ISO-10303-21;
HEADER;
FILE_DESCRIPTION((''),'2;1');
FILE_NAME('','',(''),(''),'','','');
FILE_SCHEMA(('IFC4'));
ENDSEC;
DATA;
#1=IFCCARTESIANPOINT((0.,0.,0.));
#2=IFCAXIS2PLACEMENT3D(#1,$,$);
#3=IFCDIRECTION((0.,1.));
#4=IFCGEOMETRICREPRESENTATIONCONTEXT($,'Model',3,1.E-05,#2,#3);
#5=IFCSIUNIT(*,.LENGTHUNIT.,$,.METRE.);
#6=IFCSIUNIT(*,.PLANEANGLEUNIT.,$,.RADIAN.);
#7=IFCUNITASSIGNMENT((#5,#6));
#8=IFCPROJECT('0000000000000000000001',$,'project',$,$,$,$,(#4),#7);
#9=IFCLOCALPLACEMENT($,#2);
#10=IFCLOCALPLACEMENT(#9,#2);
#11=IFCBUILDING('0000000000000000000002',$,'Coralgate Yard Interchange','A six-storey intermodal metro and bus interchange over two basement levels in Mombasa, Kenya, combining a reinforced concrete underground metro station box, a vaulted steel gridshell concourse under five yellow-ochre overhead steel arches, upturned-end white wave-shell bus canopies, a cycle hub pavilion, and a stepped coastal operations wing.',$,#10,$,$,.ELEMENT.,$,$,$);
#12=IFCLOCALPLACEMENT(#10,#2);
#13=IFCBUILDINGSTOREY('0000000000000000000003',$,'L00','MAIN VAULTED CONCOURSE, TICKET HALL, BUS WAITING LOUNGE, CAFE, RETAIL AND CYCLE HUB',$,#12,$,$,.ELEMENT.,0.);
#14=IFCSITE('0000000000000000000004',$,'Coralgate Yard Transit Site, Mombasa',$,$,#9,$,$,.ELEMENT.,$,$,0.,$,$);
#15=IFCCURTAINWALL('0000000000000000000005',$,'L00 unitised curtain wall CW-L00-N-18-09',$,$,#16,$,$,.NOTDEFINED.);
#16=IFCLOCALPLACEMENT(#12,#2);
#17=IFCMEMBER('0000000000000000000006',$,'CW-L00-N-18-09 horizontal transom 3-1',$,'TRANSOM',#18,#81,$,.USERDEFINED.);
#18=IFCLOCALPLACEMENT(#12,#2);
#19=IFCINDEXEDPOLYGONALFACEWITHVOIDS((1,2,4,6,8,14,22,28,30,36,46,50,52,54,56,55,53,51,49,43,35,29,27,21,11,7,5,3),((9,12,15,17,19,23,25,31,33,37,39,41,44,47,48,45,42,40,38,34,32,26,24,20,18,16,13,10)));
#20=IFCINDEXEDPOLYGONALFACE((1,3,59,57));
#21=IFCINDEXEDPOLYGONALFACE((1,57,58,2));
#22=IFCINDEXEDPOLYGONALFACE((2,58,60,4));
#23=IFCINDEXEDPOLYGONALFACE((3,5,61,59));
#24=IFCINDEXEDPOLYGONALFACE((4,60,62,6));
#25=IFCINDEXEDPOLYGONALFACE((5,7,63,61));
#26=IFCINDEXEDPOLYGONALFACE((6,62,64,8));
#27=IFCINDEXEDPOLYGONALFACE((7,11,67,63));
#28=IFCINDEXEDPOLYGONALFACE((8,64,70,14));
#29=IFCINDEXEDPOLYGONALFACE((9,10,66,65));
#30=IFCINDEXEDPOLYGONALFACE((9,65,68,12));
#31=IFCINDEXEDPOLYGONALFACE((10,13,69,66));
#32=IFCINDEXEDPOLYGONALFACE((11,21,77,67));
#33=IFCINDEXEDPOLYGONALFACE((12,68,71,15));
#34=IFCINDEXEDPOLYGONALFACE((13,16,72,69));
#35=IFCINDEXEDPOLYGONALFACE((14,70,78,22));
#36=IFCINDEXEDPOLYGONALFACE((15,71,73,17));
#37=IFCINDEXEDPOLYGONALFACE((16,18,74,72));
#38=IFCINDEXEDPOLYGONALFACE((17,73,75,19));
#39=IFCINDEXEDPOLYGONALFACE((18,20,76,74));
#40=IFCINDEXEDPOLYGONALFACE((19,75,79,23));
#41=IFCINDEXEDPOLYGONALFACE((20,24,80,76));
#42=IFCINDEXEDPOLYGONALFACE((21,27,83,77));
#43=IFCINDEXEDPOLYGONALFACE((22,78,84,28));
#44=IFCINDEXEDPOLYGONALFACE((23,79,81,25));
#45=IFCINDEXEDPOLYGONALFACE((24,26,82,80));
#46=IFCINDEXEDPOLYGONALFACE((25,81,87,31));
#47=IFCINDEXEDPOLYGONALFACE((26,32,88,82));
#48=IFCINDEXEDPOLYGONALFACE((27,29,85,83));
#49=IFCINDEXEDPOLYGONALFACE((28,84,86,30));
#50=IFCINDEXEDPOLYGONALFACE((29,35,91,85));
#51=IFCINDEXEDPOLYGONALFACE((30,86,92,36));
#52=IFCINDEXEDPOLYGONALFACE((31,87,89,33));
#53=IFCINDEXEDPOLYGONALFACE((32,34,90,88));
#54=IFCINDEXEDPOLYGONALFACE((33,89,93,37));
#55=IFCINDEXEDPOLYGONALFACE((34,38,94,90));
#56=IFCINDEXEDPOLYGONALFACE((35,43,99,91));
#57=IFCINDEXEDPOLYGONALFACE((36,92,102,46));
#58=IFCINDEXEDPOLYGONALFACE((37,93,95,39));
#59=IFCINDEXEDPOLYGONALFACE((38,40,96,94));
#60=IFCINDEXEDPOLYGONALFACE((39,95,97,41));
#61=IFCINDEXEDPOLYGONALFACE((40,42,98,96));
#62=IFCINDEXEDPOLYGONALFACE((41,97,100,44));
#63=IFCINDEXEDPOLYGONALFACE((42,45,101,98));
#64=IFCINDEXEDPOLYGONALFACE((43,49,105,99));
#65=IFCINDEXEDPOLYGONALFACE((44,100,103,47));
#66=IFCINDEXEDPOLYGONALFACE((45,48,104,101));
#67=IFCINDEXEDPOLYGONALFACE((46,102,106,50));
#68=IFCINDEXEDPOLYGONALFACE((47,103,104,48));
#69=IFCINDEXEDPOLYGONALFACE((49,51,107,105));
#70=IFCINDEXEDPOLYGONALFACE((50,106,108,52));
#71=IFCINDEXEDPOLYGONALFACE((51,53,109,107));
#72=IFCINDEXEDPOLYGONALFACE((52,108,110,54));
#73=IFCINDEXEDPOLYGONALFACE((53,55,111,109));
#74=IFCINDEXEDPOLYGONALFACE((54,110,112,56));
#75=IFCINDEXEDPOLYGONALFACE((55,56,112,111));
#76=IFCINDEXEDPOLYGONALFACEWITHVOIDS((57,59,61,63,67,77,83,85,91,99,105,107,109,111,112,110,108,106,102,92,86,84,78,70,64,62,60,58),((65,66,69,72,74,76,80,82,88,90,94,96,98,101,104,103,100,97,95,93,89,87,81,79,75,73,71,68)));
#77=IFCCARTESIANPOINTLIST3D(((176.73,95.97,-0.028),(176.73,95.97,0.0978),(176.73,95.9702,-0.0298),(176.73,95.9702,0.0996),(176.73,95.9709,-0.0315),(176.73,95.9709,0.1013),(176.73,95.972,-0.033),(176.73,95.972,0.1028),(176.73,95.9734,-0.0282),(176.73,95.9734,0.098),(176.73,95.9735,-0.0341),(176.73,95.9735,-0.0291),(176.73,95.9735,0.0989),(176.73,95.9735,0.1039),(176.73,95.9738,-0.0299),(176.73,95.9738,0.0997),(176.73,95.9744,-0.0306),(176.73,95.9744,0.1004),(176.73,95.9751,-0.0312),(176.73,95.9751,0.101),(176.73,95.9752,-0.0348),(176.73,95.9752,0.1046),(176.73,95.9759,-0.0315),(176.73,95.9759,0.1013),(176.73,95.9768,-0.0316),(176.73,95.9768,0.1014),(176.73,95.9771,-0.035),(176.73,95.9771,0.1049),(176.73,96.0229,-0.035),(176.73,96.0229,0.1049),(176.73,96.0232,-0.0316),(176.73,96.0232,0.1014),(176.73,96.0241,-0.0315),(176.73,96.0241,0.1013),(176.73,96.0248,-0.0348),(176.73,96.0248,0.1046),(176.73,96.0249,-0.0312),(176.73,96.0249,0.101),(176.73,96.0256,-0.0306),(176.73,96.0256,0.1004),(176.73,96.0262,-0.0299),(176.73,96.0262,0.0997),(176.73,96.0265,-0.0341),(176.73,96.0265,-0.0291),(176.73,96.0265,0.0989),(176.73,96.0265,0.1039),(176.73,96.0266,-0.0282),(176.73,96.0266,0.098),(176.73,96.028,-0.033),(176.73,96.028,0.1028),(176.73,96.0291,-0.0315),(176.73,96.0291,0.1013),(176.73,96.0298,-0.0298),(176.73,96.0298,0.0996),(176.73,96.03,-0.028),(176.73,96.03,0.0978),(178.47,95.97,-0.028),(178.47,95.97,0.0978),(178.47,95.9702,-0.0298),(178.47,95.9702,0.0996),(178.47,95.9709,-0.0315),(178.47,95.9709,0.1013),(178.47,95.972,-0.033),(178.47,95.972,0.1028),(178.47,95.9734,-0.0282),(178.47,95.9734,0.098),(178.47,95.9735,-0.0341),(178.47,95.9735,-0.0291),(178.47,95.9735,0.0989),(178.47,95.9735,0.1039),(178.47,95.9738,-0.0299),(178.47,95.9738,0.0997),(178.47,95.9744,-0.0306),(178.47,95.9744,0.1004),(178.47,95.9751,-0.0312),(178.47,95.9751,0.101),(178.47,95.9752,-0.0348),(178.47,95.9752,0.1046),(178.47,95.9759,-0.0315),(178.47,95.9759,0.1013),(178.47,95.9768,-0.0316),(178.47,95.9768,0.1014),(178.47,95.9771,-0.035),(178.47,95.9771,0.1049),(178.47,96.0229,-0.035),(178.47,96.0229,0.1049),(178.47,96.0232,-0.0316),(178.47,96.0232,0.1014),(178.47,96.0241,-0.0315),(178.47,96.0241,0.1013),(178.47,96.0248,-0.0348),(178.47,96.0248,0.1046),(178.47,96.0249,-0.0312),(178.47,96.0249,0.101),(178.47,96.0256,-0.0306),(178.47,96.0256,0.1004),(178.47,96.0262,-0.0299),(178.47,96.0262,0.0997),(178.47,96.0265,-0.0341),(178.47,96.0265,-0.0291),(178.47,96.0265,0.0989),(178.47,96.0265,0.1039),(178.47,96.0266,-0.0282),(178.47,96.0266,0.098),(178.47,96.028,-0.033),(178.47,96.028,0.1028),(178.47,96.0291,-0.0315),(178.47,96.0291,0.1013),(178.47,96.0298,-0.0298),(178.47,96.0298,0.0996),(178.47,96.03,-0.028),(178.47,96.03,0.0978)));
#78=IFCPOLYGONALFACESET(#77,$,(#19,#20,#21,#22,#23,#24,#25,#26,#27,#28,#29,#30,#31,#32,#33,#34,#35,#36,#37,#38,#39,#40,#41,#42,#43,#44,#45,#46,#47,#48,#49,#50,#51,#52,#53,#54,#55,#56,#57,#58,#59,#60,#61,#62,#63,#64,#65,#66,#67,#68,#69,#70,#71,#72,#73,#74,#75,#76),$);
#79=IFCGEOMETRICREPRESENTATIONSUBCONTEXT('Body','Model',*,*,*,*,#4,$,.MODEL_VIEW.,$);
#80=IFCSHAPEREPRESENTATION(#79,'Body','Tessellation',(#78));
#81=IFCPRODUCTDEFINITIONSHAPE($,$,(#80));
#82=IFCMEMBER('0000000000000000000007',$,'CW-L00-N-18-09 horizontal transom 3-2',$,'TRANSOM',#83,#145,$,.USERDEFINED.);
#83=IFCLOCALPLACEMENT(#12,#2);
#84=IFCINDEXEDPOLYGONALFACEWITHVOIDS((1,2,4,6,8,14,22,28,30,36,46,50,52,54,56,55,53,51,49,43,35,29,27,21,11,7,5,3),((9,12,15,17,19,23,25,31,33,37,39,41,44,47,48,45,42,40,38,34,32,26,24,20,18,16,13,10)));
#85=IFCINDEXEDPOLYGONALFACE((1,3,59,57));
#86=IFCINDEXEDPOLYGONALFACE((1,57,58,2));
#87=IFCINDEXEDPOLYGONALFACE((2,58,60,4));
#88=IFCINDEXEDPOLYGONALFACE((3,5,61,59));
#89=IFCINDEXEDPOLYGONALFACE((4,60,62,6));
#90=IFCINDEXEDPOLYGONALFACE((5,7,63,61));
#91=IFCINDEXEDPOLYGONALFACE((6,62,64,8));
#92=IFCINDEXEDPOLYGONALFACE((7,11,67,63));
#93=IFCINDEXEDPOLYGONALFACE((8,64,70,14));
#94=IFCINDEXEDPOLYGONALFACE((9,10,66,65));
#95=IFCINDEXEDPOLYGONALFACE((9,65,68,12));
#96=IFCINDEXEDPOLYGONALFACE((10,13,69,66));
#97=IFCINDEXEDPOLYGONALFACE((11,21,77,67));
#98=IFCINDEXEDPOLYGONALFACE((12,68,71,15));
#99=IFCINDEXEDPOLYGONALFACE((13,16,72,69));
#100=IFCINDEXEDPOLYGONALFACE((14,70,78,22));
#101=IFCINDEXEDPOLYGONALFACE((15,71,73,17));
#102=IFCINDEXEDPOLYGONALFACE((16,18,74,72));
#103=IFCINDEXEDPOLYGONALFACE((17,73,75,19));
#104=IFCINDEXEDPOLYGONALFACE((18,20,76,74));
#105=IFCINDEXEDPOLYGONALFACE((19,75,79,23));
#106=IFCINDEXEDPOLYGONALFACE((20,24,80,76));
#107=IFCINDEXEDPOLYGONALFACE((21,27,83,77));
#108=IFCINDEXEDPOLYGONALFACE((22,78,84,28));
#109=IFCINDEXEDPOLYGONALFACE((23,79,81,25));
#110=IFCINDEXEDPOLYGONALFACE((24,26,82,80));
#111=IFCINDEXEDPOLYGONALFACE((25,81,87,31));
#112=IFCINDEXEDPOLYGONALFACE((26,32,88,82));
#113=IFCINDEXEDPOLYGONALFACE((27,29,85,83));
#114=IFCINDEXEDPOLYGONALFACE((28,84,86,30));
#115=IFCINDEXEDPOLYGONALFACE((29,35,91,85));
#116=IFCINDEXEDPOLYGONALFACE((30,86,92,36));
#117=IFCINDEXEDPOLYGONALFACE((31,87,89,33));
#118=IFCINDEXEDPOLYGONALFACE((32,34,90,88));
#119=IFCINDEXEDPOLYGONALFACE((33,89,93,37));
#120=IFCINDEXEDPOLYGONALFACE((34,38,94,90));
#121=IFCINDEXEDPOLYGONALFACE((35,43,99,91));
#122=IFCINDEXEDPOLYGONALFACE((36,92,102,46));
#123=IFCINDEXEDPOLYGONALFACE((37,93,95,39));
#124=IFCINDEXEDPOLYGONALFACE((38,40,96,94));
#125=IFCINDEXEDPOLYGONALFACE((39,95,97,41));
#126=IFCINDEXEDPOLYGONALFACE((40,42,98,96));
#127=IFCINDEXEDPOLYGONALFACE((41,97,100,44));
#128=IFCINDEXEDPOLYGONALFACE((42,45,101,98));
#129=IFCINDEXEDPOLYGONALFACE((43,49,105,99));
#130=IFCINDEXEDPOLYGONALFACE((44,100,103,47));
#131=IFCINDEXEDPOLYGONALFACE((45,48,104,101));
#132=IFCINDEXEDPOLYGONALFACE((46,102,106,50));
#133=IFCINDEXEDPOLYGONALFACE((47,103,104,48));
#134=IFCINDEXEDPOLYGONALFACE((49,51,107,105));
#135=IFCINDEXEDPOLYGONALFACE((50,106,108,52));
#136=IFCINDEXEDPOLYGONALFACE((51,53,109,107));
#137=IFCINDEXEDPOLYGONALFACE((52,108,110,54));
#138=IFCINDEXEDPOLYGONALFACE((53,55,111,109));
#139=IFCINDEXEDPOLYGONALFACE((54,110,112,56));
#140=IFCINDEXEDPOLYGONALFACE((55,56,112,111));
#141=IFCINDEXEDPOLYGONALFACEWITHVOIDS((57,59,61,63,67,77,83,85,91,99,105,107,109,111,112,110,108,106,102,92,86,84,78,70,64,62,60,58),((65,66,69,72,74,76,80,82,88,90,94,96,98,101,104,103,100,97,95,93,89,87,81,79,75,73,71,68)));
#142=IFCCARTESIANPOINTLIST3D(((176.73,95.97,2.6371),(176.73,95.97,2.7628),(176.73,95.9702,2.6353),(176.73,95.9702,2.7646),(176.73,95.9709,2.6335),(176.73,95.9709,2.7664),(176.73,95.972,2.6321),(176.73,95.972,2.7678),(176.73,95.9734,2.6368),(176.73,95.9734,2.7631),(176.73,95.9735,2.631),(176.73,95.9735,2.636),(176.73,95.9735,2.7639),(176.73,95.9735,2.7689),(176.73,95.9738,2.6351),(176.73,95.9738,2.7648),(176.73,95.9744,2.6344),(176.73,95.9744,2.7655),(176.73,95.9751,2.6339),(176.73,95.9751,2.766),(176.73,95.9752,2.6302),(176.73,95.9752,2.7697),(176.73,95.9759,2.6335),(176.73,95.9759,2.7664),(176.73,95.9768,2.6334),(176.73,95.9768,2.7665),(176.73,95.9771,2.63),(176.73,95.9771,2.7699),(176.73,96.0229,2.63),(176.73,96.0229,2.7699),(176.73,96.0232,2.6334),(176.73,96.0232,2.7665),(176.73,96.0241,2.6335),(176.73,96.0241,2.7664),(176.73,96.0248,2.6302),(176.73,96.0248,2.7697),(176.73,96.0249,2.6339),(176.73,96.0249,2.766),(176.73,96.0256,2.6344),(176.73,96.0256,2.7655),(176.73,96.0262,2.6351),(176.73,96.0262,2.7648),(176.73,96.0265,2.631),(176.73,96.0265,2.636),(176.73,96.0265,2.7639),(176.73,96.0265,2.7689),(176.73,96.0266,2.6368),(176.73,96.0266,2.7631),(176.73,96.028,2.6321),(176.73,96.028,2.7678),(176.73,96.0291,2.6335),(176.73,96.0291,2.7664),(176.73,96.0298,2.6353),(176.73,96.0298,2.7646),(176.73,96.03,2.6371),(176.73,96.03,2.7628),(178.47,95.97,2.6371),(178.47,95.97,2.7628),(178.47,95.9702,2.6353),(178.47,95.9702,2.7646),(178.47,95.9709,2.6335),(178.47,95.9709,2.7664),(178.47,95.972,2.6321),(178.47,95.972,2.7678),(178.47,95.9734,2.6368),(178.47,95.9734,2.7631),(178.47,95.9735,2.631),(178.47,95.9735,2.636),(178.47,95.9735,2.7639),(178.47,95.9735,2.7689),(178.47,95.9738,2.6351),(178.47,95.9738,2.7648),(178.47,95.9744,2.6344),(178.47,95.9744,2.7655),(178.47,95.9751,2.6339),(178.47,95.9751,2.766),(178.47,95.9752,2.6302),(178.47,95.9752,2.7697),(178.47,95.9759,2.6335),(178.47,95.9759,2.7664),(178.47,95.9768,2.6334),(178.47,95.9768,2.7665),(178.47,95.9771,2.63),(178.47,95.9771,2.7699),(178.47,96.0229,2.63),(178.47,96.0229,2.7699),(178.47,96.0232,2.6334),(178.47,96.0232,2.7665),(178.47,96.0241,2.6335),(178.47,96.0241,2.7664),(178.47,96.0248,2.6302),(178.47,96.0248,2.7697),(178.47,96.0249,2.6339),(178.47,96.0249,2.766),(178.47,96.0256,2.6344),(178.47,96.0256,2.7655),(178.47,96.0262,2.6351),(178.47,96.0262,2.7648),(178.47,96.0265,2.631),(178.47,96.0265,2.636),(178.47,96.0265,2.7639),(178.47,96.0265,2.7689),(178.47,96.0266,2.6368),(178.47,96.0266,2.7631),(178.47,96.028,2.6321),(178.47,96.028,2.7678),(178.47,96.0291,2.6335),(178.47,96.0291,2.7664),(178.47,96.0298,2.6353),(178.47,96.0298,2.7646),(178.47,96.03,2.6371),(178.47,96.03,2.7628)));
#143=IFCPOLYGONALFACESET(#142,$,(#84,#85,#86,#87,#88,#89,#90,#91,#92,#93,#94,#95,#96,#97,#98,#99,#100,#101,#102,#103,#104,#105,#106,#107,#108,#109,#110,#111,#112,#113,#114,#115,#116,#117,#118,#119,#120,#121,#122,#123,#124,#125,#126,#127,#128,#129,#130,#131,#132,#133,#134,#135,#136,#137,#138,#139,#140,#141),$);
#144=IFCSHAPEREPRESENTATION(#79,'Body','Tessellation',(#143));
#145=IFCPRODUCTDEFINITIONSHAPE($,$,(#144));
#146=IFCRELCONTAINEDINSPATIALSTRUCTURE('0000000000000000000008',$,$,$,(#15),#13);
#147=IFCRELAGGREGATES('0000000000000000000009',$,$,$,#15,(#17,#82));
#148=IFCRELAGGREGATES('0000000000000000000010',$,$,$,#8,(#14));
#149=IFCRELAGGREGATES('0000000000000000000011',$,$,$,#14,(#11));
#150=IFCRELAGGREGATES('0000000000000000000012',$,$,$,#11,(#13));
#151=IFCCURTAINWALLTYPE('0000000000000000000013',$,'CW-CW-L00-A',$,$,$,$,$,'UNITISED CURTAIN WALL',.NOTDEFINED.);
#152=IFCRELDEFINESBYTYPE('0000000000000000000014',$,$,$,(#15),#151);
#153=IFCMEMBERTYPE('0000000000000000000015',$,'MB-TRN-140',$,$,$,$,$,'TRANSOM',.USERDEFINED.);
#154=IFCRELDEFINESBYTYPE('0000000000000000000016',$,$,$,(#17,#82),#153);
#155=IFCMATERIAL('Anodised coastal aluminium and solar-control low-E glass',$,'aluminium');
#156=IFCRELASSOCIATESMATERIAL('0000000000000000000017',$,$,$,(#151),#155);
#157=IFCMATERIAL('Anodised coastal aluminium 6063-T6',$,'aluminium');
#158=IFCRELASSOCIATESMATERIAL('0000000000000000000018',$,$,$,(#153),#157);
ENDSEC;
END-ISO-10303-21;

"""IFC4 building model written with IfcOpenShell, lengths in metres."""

from ifc_helpers import new_model, si_unit, direction, frame, origin, origin_2d, place, context, subcontext, project, spatial, hollow_rectangle, extrude, material, material_profile, profile_set, type_object, element, aggregate, save


model = new_model("IFC4")

# Units and contexts
model_context = context("Model", 3, precision=1e-05, world=origin(), true_north=direction((0.0, 1.0)))
body_context = subcontext(model_context, "Body", "Model", "MODEL_VIEW")
ifc_project = project(units=[si_unit("LENGTHUNIT", "METRE"), si_unit("PLANEANGLEUNIT", "RADIAN")], contexts=[model_context])

# Site, building, storey
site_placement = place(None, origin())
site = spatial("IfcSite", under=ifc_project, at=site_placement, Name="Coralgate Yard Transit Site, Mombasa", CompositionType="ELEMENT", RefElevation=0.0)
building_placement = place(site_placement, origin())
building = spatial("IfcBuilding", under=site, at=building_placement, Name="Coralgate Yard Interchange", Description="A six-storey intermodal metro and bus interchange over two basement levels in Mombasa, Kenya, combining a reinforced concrete underground metro station box, a vaulted steel gridshell concourse under five yellow-ochre overhead steel arches, upturned-end white wave-shell bus canopies, a cycle hub pavilion, and a stepped coastal operations wing.", CompositionType="ELEMENT")
storey_placement = place(building_placement, origin())
storey = spatial("IfcBuildingStorey", under=building, at=storey_placement, Name="L00", Description="MAIN VAULTED CONCOURSE, TICKET HALL, BUS WAITING LOUNGE, CAFE, RETAIL AND CYCLE HUB", CompositionType="ELEMENT", Elevation=0.0)

# Curtain wall, members
ifc_material_1 = material(Name="Anodised coastal aluminium and solar-control low-E glass", Category="aluminium")
curtain_wall_type = type_object("IfcCurtainWallType", Name="CW-CW-L00-A", ElementType="UNITISED CURTAIN WALL", PredefinedType="NOTDEFINED", material=ifc_material_1)
curtain_wall_placement = place(storey_placement, origin())
curtain_wall = element("IfcCurtainWall", 1, at=curtain_wall_placement, inside=storey, type_object=curtain_wall_type, Name="L00 unitised curtain wall CW-L00-N-18-09", PredefinedType="NOTDEFINED")
ifc_material_2 = material(Name="Anodised coastal aluminium 6063-T6", Category="aluminium")
ifc_material_profile_1 = material_profile(ifc_material_2, hollow_rectangle(XDim=0.0601, YDim=0.1399, WallThickness=0.0034, InnerFilletRadius=0.0034, OuterFilletRadius=0.0071, at=origin_2d()), Name="ALU 60x140x3.5")
ifc_profile_set_1 = profile_set([ifc_material_profile_1], Name="Anodised coastal aluminium 6063-T6")
member_type_1 = type_object("IfcMemberType", Name="MB-TRN-140", ElementType="TRANSOM", PredefinedType="USERDEFINED", material=ifc_profile_set_1)
member_1_placement = place(storey_placement, frame((176.73, 96.0, 0.0349), z_axis=(1.0, 0.0, 0.0), x_axis=(0.0, 1.0, 0.0)))
member_1 = element("IfcMember", 2, at=member_1_placement, type_object=member_type_1, Name="CW-L00-N-18-09 horizontal transom 3-1", ObjectType="TRANSOM", PredefinedType="USERDEFINED", context=body_context, shape_type="SweptSolid", body=[
    extrude(hollow_rectangle(XDim=0.0601, YDim=0.1399, WallThickness=0.0034, InnerFilletRadius=0.0034, OuterFilletRadius=0.0071, at=origin_2d()), origin(), (0.0, 0.0, 1.0), 1.74),
])
member_2_placement = place(storey_placement, frame((176.73, 96.0, 2.7), z_axis=(1.0, 0.0, 0.0), x_axis=(0.0, 1.0, 0.0)))
member_2 = element("IfcMember", 3, at=member_2_placement, type_object=member_type_1, Name="CW-L00-N-18-09 horizontal transom 3-2", ObjectType="TRANSOM", PredefinedType="USERDEFINED", context=body_context, shape_type="SweptSolid", body=[
    extrude(hollow_rectangle(XDim=0.0601, YDim=0.1399, WallThickness=0.0034, InnerFilletRadius=0.0034, OuterFilletRadius=0.0071, at=origin_2d()), origin(), (0.0, 0.0, 1.0), 1.74),
])
aggregate(curtain_wall, [member_1, member_2])

save(model, "model.ifc")
